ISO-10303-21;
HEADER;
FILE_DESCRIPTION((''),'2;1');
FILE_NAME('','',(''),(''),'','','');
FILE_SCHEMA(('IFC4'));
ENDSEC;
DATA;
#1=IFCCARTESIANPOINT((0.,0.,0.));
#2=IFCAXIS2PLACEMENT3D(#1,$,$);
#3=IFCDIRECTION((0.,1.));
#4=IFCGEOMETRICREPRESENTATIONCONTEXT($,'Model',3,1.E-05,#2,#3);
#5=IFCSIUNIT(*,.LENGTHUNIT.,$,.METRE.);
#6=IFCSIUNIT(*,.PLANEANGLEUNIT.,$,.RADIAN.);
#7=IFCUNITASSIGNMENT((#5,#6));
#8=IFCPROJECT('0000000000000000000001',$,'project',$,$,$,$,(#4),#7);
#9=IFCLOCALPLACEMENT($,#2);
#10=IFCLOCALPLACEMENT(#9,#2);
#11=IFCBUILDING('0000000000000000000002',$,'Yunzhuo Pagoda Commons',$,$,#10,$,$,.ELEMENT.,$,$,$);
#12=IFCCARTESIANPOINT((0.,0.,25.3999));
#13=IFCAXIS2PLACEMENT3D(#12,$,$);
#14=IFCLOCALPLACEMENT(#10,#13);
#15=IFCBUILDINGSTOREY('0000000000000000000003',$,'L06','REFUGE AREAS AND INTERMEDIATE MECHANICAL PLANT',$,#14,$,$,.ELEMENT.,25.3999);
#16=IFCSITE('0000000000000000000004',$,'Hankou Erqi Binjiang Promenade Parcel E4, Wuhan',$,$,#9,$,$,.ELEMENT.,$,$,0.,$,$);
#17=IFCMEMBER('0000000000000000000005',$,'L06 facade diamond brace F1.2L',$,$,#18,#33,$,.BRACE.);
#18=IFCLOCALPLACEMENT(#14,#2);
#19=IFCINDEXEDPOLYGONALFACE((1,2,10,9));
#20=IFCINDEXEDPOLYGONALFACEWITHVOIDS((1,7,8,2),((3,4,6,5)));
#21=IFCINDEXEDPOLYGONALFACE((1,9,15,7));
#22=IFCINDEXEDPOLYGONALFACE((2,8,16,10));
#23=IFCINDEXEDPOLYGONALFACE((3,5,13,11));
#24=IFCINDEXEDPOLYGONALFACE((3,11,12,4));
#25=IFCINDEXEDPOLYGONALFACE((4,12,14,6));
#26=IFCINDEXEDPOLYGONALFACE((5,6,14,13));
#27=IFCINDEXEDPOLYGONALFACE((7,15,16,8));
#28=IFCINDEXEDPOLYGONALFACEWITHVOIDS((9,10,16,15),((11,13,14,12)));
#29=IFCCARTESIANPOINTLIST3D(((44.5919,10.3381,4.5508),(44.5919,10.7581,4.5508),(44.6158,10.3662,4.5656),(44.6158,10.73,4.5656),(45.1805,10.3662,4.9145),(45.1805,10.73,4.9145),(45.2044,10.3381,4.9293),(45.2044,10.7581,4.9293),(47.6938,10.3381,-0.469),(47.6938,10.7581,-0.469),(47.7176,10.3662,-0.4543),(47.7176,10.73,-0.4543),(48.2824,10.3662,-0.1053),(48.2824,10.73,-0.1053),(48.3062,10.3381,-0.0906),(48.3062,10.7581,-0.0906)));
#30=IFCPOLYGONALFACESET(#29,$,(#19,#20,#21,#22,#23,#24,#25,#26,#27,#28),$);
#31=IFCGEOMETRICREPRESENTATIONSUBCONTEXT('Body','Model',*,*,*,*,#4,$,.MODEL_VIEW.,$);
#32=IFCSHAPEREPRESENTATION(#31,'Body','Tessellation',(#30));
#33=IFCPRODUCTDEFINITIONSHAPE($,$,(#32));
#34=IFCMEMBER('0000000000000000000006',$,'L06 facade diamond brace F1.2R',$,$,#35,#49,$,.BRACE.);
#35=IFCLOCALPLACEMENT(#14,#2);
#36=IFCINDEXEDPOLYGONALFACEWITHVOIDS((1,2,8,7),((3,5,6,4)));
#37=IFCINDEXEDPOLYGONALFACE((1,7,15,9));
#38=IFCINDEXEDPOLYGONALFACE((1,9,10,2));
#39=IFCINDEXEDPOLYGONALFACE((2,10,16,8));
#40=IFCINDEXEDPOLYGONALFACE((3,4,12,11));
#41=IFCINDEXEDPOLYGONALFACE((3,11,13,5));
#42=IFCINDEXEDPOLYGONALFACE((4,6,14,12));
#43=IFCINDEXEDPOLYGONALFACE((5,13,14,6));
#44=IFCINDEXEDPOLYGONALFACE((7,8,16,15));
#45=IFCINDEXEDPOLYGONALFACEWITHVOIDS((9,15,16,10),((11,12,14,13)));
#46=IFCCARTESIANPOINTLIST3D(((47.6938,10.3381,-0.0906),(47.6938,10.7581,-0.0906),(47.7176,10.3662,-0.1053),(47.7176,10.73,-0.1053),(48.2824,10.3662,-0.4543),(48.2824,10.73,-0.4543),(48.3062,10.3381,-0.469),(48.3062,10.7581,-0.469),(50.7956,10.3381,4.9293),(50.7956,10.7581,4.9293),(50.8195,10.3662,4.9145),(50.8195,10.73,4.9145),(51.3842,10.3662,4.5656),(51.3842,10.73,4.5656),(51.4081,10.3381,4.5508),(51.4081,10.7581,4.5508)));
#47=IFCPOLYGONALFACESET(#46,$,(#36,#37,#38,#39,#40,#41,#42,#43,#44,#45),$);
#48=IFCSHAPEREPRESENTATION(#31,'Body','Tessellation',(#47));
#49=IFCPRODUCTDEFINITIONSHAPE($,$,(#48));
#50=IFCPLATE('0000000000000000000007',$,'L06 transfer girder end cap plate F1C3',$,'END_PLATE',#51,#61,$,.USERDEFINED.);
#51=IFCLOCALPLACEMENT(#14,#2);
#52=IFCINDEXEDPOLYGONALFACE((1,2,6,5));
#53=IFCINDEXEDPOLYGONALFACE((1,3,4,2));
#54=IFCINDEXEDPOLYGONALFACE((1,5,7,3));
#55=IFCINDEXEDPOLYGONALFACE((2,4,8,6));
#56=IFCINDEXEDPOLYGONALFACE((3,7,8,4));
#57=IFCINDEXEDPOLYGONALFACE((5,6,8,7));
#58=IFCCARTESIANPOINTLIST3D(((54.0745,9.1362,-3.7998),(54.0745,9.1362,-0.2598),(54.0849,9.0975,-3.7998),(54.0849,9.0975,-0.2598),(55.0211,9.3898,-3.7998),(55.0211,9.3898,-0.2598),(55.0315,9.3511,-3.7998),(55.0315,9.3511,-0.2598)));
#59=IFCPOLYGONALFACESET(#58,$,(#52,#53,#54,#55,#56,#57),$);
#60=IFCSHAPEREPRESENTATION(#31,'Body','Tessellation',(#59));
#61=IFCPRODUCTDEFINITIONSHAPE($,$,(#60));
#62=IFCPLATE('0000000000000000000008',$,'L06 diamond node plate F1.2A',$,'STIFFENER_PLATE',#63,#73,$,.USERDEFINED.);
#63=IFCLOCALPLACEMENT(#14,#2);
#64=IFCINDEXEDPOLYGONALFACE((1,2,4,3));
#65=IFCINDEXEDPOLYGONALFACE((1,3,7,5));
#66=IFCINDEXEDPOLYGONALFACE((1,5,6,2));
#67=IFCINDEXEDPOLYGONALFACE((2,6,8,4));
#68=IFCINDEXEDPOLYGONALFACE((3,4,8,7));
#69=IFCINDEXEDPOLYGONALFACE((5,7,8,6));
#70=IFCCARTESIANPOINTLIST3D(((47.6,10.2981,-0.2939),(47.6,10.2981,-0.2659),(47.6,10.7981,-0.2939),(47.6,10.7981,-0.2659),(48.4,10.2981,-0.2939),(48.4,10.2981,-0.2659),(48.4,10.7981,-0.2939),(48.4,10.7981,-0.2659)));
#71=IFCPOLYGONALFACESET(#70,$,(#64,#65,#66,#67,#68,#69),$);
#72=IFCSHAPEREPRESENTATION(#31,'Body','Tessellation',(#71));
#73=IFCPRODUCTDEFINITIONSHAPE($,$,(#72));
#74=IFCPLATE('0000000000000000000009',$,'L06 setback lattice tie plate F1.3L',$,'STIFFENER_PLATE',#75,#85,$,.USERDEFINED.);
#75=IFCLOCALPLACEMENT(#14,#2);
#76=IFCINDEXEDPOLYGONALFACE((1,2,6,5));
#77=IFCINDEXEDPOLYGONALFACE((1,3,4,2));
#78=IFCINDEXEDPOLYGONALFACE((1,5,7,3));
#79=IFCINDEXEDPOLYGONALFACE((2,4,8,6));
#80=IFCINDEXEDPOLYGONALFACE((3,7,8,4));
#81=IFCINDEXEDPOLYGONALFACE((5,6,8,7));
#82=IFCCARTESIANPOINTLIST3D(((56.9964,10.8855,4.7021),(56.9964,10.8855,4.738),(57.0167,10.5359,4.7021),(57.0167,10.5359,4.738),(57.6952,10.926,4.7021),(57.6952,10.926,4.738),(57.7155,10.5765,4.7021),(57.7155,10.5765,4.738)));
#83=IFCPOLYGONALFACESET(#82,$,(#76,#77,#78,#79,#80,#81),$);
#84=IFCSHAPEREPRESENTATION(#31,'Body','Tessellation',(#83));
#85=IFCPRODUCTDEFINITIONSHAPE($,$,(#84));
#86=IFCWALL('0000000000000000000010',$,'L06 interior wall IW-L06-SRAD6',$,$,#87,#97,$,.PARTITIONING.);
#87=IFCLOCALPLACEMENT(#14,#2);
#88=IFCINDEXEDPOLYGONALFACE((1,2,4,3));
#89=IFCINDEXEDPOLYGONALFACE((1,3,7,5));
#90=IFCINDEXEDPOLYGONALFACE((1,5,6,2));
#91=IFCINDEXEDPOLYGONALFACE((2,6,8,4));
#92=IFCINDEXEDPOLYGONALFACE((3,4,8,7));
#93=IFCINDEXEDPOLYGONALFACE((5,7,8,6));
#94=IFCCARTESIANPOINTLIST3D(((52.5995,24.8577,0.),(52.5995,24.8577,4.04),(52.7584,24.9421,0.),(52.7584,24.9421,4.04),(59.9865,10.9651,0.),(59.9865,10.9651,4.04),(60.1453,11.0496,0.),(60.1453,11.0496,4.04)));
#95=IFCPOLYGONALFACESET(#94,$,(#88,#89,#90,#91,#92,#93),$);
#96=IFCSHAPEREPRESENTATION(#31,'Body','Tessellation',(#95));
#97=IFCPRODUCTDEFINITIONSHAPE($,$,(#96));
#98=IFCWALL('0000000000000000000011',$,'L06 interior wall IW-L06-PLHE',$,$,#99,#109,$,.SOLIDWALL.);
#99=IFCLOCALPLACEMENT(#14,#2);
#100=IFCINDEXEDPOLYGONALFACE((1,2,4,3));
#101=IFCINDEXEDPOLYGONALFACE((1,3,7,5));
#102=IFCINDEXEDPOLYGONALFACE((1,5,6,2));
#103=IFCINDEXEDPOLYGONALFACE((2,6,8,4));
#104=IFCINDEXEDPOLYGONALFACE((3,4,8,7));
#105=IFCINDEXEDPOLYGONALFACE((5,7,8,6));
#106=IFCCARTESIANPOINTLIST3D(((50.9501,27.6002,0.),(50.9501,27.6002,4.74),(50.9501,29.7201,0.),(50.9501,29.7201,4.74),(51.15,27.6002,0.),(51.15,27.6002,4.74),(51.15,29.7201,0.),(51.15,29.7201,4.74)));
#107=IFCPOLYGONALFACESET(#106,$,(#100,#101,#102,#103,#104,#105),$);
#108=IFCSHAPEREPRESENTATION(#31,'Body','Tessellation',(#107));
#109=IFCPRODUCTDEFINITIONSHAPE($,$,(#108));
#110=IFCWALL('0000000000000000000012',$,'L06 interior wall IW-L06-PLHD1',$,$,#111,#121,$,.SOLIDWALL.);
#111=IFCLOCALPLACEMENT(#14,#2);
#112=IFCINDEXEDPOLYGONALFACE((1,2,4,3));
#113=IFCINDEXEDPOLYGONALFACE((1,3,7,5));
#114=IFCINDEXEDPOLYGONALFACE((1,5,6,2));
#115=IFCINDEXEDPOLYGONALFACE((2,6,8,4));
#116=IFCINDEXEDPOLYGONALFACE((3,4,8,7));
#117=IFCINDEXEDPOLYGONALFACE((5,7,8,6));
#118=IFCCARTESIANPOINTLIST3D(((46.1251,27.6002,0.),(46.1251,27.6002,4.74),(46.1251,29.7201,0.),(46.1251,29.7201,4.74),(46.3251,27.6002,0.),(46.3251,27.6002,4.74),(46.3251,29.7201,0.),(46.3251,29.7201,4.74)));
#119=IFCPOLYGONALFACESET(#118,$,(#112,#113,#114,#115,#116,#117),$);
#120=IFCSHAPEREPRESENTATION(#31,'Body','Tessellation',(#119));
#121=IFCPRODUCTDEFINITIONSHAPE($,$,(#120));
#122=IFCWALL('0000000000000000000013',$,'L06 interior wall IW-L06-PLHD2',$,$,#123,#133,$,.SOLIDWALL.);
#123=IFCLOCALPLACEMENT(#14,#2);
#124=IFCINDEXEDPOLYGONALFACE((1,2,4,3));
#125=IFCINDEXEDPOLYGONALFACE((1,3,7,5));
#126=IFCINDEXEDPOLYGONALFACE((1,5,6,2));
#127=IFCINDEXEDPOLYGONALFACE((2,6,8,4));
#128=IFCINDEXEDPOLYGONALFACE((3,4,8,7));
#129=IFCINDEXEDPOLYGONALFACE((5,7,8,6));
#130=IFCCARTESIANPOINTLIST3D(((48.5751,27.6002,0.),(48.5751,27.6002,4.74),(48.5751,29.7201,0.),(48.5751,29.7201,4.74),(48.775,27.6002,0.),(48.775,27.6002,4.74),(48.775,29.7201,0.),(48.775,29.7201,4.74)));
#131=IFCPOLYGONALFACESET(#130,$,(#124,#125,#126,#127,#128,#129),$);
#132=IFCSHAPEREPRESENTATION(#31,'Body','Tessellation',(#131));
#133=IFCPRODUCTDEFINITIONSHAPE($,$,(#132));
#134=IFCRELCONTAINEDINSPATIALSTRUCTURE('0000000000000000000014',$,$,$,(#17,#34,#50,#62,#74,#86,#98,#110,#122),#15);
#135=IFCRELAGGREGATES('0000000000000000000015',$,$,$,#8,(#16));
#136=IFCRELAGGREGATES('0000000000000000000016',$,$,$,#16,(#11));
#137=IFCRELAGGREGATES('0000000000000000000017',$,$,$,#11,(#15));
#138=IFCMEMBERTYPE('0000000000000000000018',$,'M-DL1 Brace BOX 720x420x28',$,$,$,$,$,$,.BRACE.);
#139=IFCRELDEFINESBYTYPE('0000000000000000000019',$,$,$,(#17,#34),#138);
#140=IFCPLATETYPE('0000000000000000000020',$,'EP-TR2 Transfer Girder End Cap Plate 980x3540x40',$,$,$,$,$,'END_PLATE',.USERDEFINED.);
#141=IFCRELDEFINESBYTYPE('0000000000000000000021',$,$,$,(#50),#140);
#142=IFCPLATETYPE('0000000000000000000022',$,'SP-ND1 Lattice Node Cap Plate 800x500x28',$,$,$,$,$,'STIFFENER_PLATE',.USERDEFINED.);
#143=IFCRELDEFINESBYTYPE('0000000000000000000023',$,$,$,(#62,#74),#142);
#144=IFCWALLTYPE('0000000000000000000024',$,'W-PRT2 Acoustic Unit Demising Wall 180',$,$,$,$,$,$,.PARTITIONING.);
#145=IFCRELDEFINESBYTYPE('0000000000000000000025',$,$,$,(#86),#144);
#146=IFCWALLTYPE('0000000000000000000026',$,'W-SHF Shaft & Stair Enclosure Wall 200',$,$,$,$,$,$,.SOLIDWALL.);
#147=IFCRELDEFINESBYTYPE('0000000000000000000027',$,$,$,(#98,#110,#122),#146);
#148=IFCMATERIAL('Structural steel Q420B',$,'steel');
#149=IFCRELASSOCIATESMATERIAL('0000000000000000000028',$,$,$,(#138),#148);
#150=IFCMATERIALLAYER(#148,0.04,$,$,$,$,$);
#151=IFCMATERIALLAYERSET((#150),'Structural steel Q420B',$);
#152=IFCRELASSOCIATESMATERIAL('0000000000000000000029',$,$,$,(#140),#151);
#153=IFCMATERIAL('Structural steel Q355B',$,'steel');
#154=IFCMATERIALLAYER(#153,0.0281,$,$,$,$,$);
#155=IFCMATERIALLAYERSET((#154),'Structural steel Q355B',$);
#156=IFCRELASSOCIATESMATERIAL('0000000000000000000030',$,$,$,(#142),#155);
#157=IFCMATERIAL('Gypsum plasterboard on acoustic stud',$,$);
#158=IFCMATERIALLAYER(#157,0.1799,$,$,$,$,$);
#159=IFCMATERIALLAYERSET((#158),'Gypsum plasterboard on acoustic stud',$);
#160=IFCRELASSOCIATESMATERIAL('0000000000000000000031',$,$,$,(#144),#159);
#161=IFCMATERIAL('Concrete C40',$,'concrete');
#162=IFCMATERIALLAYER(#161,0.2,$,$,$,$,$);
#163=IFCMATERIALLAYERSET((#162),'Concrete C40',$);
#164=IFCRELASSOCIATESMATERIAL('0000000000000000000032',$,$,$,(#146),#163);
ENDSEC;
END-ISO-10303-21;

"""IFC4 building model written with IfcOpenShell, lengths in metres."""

from ifc_helpers import new_model, si_unit, direction, frame, frame_2d, origin, origin_2d, place, context, subcontext, project, spatial, rectangle, hollow_rectangle, extrude, source, transform, mapped, material, layer, layer_set, material_profile, profile_set, type_object, element, save


model = new_model("IFC4")

# Units and contexts
model_context = context("Model", 3, precision=1e-05, world=origin(), true_north=direction((0.0, 1.0)))
body_context = subcontext(model_context, "Body", "Model", "MODEL_VIEW")
ifc_project = project(units=[si_unit("LENGTHUNIT", "METRE"), si_unit("PLANEANGLEUNIT", "RADIAN")], contexts=[model_context])

# Site, building, storey
site_placement = place(None, origin())
site = spatial("IfcSite", under=ifc_project, at=site_placement, Name="Hankou Erqi Binjiang Promenade Parcel E4, Wuhan", CompositionType="ELEMENT", RefElevation=0.0)
building_placement = place(site_placement, origin())
building = spatial("IfcBuilding", under=site, at=building_placement, Name="Yunzhuo Pagoda Commons", CompositionType="ELEMENT")
storey_placement = place(building_placement, frame((0.0, 0.0, 25.3999)))
storey = spatial("IfcBuildingStorey", under=building, at=storey_placement, Name="L06", Description="REFUGE AREAS AND INTERMEDIATE MECHANICAL PLANT", CompositionType="ELEMENT", Elevation=25.3999)

# Shared definitions
ifc_material_1 = material(Name="Structural steel Q420B", Category="steel")

# Shared definitions
ifc_material_2 = material(Name="Structural steel Q355B", Category="steel")

# Members
ifc_material_profile_1 = material_profile(ifc_material_1, hollow_rectangle(XDim=0.4199, YDim=0.72, WallThickness=0.0281, at=origin_2d()), Name="Structural steel Q420B")
ifc_profile_set_1 = profile_set([ifc_material_profile_1], Name="Structural steel Q420B")
member_type = type_object("IfcMemberType", Name="M-DL1 Brace BOX 720x420x28", PredefinedType="BRACE", material=ifc_profile_set_1)
shared_shape_1 = source(origin(), body_context, "Body", "SweptSolid", [
    extrude(hollow_rectangle(XDim=0.4199, YDim=0.72, WallThickness=0.0281, at=origin_2d()), origin(), (0.0, 0.0, 1.0), 5.9009),
])
for number, where, z_axis, x_axis, name in (
    (1, (48.0, 10.5481, -0.2798), (-0.525659, 0.0, 0.850695), (0.0, -1.0, 0.0), "L06 facade diamond brace F1.2L"),
    (2, (48.0, 10.5481, -0.2798), (0.525659, 0.0, 0.850695), (0.0, 1.0, 0.0), "L06 facade diamond brace F1.2R"),
):
    element("IfcMember", number, at=place(storey_placement, frame(where, z_axis=z_axis, x_axis=x_axis)), inside=storey, type_object=member_type, Name=name, PredefinedType="BRACE", context=body_context, shape_type="MappedRepresentation", body=[
        mapped(shared_shape_1, transform((0.0, 0.0, 0.0), scale=1.0)),
    ])

# Plates
ifc_layer_1 = layer(ifc_material_1, 0.04)
ifc_layer_set_1 = layer_set([ifc_layer_1], Name="Structural steel Q420B")
plate_type_1 = type_object("IfcPlateType", Name="EP-TR2 Transfer Girder End Cap Plate 980x3540x40", ElementType="END_PLATE", PredefinedType="USERDEFINED", material=ifc_layer_set_1)
shared_shape_2 = source(origin(), body_context, "Body", "SweptSolid", [
    extrude(rectangle(XDim=0.98, YDim=0.04, at=origin_2d()), origin(), (0.0, 0.0, 1.0), 3.54),
])
plate_1_placement = place(storey_placement, frame((54.553, 9.2437, -3.7998), z_axis=(0.0, 0.0, 1.0), x_axis=(0.965926, 0.258819, 0.0)))
element("IfcPlate", 3, at=plate_1_placement, inside=storey, type_object=plate_type_1, Name="L06 transfer girder end cap plate F1C3", ObjectType="END_PLATE", PredefinedType="USERDEFINED", context=body_context, shape_type="MappedRepresentation", body=[
    mapped(shared_shape_2, transform((0.0, 0.0, 0.0), scale=1.0)),
])
ifc_layer_2 = layer(ifc_material_2, 0.0281)
ifc_layer_set_2 = layer_set([ifc_layer_2], Name="Structural steel Q355B")
plate_type_2 = type_object("IfcPlateType", Name="SP-ND1 Lattice Node Cap Plate 800x500x28", ElementType="STIFFENER_PLATE", PredefinedType="USERDEFINED", material=ifc_layer_set_2)
shared_shape_3 = source(origin(), body_context, "Body", "SweptSolid", [
    extrude(rectangle(XDim=0.8, YDim=0.5, at=origin_2d()), origin(), (0.0, 0.0, 1.0), 0.0281),
])
plate_2_placement = place(storey_placement, frame((48.0, 10.5481, -0.2939), z_axis=(0.0, 0.0, 1.0), x_axis=(1.0, 0.0, 0.0)))
element("IfcPlate", 4, at=plate_2_placement, inside=storey, type_object=plate_type_2, Name="L06 diamond node plate F1.2A", ObjectType="STIFFENER_PLATE", PredefinedType="USERDEFINED", context=body_context, shape_type="MappedRepresentation", body=[
    mapped(shared_shape_3, transform((0.0, 0.0, 0.0), scale=1.0)),
])
shared_shape_4 = source(origin(), body_context, "Body", "SweptSolid", [
    extrude(rectangle(XDim=0.7, YDim=0.3501, at=origin_2d()), origin(), (0.0, 0.0, 1.0), 0.0359),
])
plate_3_placement = place(storey_placement, frame((57.356, 10.731, 4.7021), z_axis=(0.0, 0.0, 1.0), x_axis=(0.998323, 0.057895, 0.0)))
element("IfcPlate", 5, at=plate_3_placement, inside=storey, type_object=plate_type_2, Name="L06 setback lattice tie plate F1.3L", ObjectType="STIFFENER_PLATE", PredefinedType="USERDEFINED", context=body_context, shape_type="MappedRepresentation", body=[
    mapped(shared_shape_4, transform((0.0, 0.0, 0.0), scale=1.0)),
])

# Walls
ifc_material_3 = material(Name="Gypsum plasterboard on acoustic stud")
ifc_layer_3 = layer(ifc_material_3, 0.1799)
ifc_layer_set_3 = layer_set([ifc_layer_3], Name="Gypsum plasterboard on acoustic stud")
wall_type_1 = type_object("IfcWallType", Name="W-PRT2 Acoustic Unit Demising Wall 180", PredefinedType="PARTITIONING", material=ifc_layer_set_3)
wall_placement = place(storey_placement, frame((52.679, 24.8999, 0.0), z_axis=(0.0, 0.0, 1.0), x_axis=(0.469479, -0.882944, 0.0)))
element("IfcWall", 6, at=wall_placement, inside=storey, type_object=wall_type_1, Name="L06 interior wall IW-L06-SRAD6", PredefinedType="PARTITIONING", context=body_context, shape_type="SweptSolid", body=[
    extrude(rectangle(XDim=15.7344, YDim=0.1799, at=frame_2d((7.8672, 0.0))), origin(), (0.0, 0.0, 1.0), 4.04),
])
ifc_material_4 = material(Name="Concrete C40", Category="concrete")
ifc_layer_4 = layer(ifc_material_4, 0.2)
ifc_layer_set_4 = layer_set([ifc_layer_4], Name="Concrete C40")
wall_type_2 = type_object("IfcWallType", Name="W-SHF Shaft & Stair Enclosure Wall 200", PredefinedType="SOLIDWALL", material=ifc_layer_set_4)
for number, where, z_axis, x_axis, name in (
    (7, (51.05, 27.6001, 0.0), (0.0, 0.0, 1.0), (0.0, 1.0, 0.0), "L06 interior wall IW-L06-PLHE"),
    (8, (46.2251, 27.6001, 0.0), (0.0, 0.0, 1.0), (0.0, 1.0, 0.0), "L06 interior wall IW-L06-PLHD1"),
    (9, (48.675, 27.6001, 0.0), (0.0, 0.0, 1.0), (0.0, 1.0, 0.0), "L06 interior wall IW-L06-PLHD2"),
):
    element("IfcWall", number, at=place(storey_placement, frame(where, z_axis=z_axis, x_axis=x_axis)), inside=storey, type_object=wall_type_2, Name=name, PredefinedType="SOLIDWALL", context=body_context, shape_type="SweptSolid", body=[
        extrude(rectangle(XDim=2.1199, YDim=0.2, at=frame_2d((1.0601, 0.0))), origin(), (0.0, 0.0, 1.0), 4.74),
    ])

save(model, "model.ifc")
